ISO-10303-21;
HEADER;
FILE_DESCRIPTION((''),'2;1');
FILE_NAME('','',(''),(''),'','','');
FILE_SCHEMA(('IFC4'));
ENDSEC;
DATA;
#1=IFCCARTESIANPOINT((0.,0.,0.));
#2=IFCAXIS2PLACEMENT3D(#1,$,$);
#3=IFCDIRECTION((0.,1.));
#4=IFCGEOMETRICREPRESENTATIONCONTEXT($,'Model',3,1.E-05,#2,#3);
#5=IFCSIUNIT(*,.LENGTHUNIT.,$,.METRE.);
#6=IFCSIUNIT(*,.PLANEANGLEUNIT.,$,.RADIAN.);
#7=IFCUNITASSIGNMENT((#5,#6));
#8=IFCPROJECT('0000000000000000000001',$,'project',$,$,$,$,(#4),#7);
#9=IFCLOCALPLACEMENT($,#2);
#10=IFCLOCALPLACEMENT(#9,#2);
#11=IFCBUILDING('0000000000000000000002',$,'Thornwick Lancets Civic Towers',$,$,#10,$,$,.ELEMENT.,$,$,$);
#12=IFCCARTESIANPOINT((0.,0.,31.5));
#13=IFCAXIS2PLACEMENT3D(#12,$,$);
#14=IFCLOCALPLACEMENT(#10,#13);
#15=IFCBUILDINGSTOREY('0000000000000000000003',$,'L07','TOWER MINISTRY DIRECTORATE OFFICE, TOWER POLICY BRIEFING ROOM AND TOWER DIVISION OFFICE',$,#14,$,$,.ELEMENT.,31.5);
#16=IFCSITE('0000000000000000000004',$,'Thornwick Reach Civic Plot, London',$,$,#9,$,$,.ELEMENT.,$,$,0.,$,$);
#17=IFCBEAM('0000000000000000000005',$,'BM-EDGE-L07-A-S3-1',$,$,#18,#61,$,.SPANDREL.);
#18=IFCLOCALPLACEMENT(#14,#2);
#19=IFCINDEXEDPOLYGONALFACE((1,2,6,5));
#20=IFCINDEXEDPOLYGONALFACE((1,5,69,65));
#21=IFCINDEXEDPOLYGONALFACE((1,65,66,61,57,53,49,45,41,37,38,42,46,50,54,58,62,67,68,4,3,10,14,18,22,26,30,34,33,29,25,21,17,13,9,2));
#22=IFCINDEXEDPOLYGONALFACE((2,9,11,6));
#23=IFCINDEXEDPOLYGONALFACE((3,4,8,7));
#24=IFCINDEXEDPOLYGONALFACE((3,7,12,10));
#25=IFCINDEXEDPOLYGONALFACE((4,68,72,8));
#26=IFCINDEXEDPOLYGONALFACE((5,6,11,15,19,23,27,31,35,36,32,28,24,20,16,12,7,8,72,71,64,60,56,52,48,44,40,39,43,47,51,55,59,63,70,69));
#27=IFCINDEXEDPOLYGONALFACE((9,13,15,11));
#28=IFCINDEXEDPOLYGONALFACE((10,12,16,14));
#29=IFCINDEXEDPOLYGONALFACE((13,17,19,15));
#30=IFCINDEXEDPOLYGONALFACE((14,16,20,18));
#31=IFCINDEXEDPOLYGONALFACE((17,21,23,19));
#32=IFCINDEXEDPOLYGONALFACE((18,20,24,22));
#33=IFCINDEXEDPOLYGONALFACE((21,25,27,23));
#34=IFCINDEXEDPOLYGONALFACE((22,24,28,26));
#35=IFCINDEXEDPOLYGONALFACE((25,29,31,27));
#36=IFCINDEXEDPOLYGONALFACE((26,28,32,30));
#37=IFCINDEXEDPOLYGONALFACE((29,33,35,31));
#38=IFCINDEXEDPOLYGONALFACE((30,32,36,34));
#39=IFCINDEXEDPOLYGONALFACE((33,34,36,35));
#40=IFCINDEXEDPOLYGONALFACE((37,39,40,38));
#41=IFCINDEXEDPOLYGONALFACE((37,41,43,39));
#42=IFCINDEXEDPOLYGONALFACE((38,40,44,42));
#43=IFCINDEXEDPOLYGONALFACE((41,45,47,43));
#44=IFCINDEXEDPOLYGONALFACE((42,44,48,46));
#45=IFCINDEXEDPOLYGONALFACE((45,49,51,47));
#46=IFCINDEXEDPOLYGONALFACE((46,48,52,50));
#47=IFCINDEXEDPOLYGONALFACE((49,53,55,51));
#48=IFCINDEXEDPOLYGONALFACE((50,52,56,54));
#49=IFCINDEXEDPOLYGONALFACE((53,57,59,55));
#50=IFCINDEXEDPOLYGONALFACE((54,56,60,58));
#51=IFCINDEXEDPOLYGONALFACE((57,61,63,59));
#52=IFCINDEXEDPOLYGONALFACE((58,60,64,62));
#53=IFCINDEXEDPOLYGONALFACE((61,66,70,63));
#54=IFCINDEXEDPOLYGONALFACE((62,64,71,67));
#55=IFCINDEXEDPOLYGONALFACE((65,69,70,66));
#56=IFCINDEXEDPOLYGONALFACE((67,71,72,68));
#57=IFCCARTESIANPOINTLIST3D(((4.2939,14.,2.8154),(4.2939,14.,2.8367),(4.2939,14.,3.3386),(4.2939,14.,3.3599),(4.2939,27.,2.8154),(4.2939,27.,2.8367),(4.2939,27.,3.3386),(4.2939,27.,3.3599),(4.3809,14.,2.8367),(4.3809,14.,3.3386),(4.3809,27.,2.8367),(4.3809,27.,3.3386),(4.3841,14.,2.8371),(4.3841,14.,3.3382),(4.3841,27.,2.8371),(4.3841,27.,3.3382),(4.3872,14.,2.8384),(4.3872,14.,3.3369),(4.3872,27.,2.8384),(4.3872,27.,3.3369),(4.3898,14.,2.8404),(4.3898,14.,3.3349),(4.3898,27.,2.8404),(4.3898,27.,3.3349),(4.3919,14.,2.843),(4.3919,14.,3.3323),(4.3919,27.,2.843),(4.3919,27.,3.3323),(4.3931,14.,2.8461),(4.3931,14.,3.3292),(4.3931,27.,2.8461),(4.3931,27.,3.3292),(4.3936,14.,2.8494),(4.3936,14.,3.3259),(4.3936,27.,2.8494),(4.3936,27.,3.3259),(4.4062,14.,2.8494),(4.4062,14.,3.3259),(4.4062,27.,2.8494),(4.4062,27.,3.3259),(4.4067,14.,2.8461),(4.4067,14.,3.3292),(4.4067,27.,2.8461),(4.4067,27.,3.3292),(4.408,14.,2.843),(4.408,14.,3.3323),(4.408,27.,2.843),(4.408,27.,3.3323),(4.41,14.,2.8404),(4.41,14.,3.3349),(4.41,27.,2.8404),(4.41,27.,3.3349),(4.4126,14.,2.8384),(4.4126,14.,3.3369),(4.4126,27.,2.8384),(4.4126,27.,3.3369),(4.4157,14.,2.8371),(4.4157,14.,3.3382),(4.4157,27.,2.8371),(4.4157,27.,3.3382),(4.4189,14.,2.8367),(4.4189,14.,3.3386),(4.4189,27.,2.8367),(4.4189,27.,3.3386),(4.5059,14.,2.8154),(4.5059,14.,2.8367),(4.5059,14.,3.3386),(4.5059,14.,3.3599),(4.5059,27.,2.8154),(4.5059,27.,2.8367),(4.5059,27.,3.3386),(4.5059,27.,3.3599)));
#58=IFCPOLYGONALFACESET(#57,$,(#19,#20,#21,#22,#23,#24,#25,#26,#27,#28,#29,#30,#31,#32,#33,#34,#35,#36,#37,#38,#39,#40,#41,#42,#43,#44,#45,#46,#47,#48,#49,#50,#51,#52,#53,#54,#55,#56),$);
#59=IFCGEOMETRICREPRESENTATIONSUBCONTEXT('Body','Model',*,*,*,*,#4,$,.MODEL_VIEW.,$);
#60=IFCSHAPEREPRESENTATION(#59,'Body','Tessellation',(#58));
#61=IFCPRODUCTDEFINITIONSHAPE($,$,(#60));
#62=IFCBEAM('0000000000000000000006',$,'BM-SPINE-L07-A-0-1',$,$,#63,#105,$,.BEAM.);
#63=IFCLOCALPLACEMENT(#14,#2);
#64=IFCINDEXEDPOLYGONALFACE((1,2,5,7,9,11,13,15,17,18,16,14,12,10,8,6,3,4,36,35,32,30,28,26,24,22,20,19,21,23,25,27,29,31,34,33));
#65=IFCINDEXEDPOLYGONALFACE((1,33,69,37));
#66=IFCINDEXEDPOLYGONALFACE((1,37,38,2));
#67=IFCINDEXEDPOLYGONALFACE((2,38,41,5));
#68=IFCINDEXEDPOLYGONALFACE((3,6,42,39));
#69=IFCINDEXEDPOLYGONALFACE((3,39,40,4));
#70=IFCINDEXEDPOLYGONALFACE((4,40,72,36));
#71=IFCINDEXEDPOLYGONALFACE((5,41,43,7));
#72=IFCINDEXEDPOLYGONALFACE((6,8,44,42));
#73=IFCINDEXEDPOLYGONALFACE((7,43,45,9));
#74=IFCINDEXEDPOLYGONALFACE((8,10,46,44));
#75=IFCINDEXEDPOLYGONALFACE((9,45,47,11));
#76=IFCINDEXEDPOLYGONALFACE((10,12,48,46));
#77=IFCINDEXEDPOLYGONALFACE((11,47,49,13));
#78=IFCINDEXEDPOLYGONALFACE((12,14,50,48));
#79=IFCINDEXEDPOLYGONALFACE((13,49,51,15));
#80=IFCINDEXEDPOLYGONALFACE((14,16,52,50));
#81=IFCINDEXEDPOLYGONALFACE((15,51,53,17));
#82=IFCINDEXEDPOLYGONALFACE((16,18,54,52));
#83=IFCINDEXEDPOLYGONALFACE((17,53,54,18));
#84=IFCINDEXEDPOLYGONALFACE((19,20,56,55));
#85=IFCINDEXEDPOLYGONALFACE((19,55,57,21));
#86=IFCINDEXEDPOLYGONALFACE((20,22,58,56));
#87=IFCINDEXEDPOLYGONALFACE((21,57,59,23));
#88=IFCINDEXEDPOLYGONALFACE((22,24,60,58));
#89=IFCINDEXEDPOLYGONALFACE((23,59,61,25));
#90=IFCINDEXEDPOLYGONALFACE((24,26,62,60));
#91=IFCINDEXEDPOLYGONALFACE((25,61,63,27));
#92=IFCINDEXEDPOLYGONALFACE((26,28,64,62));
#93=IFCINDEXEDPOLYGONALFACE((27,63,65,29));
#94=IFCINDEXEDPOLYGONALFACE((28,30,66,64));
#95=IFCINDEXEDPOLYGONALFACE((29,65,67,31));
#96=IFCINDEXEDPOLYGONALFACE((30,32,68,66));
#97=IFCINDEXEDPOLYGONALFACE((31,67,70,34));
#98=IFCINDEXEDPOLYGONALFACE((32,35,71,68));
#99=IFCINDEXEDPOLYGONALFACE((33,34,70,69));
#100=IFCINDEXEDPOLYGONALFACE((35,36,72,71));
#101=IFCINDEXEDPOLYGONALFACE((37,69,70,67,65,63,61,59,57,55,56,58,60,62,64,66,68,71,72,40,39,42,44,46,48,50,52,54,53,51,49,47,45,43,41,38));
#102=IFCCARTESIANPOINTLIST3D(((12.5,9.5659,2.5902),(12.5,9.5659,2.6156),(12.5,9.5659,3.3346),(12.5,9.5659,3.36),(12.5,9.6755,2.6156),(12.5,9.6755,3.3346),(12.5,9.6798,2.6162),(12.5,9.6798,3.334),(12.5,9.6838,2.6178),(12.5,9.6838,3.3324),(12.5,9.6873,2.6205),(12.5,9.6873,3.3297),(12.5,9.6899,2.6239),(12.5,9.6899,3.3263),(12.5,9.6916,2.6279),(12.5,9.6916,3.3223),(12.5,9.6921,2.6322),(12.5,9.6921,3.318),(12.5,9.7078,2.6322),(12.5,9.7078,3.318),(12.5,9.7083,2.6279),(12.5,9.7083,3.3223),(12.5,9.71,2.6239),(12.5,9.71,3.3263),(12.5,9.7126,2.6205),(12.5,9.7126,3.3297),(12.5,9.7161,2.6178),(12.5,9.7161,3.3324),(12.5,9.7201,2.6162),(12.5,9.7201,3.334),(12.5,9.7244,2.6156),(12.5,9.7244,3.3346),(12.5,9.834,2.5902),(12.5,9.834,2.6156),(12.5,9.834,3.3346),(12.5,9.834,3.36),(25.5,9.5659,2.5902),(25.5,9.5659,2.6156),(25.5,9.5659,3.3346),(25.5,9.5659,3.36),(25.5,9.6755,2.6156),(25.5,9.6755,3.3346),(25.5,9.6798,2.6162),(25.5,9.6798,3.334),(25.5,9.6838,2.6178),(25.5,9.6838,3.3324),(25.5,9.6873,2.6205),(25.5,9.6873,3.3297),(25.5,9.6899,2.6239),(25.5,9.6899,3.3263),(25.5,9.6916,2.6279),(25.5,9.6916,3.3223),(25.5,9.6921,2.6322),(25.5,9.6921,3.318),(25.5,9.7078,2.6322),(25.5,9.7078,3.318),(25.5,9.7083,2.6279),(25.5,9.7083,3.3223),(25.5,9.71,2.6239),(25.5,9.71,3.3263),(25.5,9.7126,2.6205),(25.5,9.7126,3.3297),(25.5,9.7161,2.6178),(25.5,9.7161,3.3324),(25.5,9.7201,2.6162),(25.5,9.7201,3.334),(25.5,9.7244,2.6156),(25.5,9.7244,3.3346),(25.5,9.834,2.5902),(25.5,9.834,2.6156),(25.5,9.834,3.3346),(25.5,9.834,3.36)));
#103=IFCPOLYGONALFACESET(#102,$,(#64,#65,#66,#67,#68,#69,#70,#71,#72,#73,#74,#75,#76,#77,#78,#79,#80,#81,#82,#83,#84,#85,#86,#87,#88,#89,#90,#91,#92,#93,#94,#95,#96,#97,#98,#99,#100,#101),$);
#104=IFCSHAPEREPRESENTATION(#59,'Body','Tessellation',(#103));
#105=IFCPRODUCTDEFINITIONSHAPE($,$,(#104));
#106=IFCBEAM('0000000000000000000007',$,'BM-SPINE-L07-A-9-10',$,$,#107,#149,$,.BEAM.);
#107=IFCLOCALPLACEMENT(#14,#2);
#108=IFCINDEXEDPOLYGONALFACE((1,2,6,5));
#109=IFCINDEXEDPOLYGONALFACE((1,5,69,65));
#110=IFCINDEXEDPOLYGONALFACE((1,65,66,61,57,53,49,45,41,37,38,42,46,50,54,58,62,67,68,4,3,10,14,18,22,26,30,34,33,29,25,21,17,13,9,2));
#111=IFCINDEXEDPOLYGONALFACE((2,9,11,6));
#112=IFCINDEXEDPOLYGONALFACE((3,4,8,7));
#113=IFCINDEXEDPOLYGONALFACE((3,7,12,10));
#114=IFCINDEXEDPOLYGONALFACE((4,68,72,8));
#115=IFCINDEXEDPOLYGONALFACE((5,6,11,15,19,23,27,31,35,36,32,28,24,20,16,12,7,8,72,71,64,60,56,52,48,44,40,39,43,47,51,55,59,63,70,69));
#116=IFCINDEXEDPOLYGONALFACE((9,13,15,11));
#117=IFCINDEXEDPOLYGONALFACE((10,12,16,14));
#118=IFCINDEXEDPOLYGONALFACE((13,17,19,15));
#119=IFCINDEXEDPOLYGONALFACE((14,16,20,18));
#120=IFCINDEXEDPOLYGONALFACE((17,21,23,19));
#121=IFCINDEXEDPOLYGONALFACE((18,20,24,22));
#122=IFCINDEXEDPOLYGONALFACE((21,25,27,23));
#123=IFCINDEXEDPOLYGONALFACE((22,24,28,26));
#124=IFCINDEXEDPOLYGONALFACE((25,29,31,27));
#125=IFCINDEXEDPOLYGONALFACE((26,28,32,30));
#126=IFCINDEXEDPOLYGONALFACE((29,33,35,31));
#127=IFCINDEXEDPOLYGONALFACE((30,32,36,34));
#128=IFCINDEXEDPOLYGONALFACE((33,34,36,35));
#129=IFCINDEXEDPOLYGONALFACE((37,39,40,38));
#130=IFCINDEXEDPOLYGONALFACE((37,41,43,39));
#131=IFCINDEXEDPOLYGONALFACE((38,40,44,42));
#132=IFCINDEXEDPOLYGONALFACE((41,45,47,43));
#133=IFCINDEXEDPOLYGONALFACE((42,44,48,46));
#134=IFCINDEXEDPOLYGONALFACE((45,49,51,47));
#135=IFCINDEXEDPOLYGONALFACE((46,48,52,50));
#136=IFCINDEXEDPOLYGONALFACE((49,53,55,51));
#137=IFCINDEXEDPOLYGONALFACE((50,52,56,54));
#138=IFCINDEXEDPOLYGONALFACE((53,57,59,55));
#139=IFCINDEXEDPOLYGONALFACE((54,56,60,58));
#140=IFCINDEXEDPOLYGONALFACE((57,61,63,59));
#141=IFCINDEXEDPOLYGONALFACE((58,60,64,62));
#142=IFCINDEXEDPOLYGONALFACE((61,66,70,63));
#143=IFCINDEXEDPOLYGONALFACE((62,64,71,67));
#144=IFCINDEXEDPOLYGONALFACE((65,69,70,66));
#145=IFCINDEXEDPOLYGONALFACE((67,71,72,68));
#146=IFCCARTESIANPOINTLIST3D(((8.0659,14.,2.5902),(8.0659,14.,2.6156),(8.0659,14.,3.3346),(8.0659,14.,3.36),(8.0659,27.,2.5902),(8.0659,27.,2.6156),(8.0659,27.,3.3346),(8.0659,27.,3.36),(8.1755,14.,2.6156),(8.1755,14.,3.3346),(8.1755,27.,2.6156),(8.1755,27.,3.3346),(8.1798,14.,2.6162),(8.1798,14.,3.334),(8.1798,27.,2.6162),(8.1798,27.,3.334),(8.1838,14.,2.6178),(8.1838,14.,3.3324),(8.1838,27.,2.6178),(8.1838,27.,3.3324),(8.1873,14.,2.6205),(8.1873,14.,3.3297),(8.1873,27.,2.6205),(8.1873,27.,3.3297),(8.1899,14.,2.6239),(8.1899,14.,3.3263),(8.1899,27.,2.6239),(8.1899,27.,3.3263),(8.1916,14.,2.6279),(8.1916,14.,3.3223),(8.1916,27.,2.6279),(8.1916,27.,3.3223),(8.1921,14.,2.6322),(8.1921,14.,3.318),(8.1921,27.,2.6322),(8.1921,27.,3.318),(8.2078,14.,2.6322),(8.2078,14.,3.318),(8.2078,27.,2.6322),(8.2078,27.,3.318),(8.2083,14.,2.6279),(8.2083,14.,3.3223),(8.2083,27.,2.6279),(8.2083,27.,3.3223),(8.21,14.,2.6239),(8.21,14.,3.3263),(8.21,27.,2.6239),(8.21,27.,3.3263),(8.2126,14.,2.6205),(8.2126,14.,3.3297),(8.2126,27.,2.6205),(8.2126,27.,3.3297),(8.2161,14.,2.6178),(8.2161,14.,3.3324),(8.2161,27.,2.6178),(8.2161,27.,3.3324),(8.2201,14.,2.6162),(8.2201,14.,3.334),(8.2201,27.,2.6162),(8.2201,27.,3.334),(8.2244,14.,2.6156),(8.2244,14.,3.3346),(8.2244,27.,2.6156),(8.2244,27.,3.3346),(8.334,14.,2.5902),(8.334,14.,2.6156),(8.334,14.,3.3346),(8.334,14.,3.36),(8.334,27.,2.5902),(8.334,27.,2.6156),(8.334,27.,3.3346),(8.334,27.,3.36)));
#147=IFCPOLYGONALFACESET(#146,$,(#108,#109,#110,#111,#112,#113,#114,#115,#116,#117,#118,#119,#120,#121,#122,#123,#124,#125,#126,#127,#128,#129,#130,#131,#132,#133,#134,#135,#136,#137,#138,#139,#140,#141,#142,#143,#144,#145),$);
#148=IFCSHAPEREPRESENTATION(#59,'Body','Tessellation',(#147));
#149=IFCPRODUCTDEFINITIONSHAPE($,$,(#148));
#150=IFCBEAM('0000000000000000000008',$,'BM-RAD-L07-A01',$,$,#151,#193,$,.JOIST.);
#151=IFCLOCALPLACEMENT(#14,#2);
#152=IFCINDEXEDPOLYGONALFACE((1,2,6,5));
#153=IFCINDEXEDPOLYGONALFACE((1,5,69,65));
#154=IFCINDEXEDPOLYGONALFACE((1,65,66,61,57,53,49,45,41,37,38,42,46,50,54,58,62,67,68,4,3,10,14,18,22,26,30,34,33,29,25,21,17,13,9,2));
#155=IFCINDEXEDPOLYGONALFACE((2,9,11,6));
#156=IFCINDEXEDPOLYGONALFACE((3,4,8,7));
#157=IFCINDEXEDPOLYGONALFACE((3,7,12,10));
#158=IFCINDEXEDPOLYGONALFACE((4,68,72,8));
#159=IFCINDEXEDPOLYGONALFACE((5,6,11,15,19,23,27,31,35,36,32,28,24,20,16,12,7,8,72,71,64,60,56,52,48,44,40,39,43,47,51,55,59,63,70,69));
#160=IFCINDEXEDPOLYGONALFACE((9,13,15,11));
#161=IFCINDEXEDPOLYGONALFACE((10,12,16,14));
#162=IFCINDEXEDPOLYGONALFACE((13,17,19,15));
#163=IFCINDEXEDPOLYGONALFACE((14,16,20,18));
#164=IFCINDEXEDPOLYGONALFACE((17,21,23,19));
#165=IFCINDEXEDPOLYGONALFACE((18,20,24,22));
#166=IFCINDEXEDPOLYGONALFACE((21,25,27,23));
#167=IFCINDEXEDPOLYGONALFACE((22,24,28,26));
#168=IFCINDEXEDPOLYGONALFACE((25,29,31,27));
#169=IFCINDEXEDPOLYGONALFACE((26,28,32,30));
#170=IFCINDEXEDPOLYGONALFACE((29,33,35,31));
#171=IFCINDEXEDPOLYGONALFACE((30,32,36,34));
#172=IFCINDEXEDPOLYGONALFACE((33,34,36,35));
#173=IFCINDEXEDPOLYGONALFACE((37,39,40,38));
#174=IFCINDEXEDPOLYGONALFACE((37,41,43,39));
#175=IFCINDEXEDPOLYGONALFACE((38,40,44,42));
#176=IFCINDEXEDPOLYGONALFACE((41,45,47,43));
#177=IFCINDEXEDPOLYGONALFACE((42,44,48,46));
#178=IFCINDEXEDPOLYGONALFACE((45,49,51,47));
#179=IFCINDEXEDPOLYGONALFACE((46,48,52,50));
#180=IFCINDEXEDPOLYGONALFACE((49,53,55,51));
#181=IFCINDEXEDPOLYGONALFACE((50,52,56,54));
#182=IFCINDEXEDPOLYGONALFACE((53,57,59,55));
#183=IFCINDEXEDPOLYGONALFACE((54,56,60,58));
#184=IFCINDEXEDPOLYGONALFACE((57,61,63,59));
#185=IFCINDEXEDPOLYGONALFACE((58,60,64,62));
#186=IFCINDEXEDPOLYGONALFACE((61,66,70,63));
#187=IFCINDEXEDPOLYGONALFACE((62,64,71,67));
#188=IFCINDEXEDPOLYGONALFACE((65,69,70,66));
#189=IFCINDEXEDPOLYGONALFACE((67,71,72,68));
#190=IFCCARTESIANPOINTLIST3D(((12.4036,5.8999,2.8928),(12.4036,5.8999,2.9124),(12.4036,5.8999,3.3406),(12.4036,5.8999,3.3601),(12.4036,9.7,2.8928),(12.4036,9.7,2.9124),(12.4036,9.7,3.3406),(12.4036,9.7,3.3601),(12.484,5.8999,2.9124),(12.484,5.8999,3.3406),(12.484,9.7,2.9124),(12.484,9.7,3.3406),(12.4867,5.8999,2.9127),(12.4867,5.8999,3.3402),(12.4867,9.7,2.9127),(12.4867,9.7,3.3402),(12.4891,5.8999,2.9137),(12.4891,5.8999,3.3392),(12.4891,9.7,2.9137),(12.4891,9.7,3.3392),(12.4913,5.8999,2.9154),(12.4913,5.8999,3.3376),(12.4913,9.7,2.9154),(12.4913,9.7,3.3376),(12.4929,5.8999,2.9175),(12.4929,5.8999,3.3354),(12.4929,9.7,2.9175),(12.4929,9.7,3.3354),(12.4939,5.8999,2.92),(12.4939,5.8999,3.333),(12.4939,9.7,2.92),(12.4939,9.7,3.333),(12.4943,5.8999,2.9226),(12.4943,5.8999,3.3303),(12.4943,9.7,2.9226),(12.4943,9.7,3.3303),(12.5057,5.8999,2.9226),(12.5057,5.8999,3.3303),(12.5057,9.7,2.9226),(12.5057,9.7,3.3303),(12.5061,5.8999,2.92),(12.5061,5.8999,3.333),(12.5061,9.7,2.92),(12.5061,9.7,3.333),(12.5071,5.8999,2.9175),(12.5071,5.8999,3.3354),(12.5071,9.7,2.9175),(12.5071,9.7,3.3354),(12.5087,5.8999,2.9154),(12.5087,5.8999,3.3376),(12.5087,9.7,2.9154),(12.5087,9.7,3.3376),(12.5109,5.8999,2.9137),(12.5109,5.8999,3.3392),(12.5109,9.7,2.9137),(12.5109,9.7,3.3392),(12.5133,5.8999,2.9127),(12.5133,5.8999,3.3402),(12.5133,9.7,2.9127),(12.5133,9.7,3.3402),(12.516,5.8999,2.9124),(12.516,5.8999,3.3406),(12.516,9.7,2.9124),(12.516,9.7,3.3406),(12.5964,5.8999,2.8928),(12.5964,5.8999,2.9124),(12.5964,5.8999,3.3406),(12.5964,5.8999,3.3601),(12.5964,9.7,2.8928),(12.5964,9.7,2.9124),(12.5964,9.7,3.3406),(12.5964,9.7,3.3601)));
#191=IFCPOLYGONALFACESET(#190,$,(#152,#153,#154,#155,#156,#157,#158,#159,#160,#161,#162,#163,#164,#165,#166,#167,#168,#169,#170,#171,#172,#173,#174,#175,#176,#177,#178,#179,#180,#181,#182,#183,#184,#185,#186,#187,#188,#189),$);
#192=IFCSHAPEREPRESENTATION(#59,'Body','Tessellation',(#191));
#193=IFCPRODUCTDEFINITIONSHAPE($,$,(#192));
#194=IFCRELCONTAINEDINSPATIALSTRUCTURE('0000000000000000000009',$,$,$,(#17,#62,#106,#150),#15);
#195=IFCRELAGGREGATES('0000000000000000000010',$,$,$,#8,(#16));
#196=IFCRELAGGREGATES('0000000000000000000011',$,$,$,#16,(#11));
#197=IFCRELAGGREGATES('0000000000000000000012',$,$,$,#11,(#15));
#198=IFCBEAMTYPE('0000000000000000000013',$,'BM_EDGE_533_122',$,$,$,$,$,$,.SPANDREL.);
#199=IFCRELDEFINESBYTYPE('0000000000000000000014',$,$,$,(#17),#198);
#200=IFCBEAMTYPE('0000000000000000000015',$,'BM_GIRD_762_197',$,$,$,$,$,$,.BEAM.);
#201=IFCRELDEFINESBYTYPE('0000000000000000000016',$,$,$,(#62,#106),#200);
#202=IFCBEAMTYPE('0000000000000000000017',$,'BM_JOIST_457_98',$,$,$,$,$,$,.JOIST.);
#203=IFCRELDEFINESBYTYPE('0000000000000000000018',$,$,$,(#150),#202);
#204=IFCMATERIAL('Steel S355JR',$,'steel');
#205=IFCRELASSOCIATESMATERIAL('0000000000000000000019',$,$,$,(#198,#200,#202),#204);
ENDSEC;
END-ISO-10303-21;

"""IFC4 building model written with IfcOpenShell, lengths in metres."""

from ifc_helpers import new_model, si_unit, direction, frame, origin, origin_2d, place, context, subcontext, project, spatial, i_section, extrude, material, material_profile, profile_set, type_object, element, save


model = new_model("IFC4")

# Units and contexts
model_context = context("Model", 3, precision=1e-05, world=origin(), true_north=direction((0.0, 1.0)))
body_context = subcontext(model_context, "Body", "Model", "MODEL_VIEW")
ifc_project = project(units=[si_unit("LENGTHUNIT", "METRE"), si_unit("PLANEANGLEUNIT", "RADIAN")], contexts=[model_context])

# Site, building, storey
site_placement = place(None, origin())
site = spatial("IfcSite", under=ifc_project, at=site_placement, Name="Thornwick Reach Civic Plot, London", CompositionType="ELEMENT", RefElevation=0.0)
building_placement = place(site_placement, origin())
building = spatial("IfcBuilding", under=site, at=building_placement, Name="Thornwick Lancets Civic Towers", CompositionType="ELEMENT")
storey_placement = place(building_placement, frame((0.0, 0.0, 31.5)))
storey = spatial("IfcBuildingStorey", under=building, at=storey_placement, Name="L07", Description="TOWER MINISTRY DIRECTORATE OFFICE, TOWER POLICY BRIEFING ROOM AND TOWER DIVISION OFFICE", CompositionType="ELEMENT", Elevation=31.5)

# Beams
ifc_material_1 = material(Name="Steel S355JR", Category="steel")
ifc_material_profile_1 = material_profile(ifc_material_1, i_section(OverallWidth=0.2119, OverallDepth=0.5444, WebThickness=0.0127, FlangeThickness=0.0212, FilletRadius=0.0127, at=origin_2d()), Name="UKB 533x210x122")
ifc_profile_set_1 = profile_set([ifc_material_profile_1], Name="Steel S355JR")
beam_type_1 = type_object("IfcBeamType", Name="BM_EDGE_533_122", PredefinedType="SPANDREL", material=ifc_profile_set_1)
for number, where, z_axis, x_axis, name in (
    (1, (4.3999, 14.0, 3.0876), (0.0, 1.0, 0.0), (-1.0, 0.0, 0.0), "BM-EDGE-L07-A-S3-1"),
):
    element("IfcBeam", number, at=place(storey_placement, frame(where, z_axis=z_axis, x_axis=x_axis)), inside=storey, type_object=beam_type_1, Name=name, PredefinedType="SPANDREL", context=body_context, shape_type="SweptSolid", body=[
        extrude(i_section(OverallWidth=0.2119, OverallDepth=0.5444, WebThickness=0.0127, FlangeThickness=0.0212, FilletRadius=0.0127, at=origin_2d()), origin(), (0.0, 0.0, 1.0), 13.0),
    ])
ifc_material_profile_2 = material_profile(ifc_material_1, i_section(OverallWidth=0.2681, OverallDepth=0.7698, WebThickness=0.0156, FlangeThickness=0.0254, FilletRadius=0.0166, at=origin_2d()), Name="UKB 762x267x197")
ifc_profile_set_2 = profile_set([ifc_material_profile_2], Name="Steel S355JR")
beam_type_2 = type_object("IfcBeamType", Name="BM_GIRD_762_197", PredefinedType="BEAM", material=ifc_profile_set_2)
for number, where, z_axis, x_axis, name in (
    (2, (12.5, 9.7, 2.9751), (1.0, 0.0, 0.0), (0.0, 1.0, 0.0), "BM-SPINE-L07-A-0-1"),
    (3, (8.2, 14.0, 2.9751), (0.0, 1.0, 0.0), (-1.0, 0.0, 0.0), "BM-SPINE-L07-A-9-10"),
):
    element("IfcBeam", number, at=place(storey_placement, frame(where, z_axis=z_axis, x_axis=x_axis)), inside=storey, type_object=beam_type_2, Name=name, PredefinedType="BEAM", context=body_context, shape_type="SweptSolid", body=[
        extrude(i_section(OverallWidth=0.2681, OverallDepth=0.7698, WebThickness=0.0156, FlangeThickness=0.0254, FilletRadius=0.0166, at=origin_2d()), origin(), (0.0, 0.0, 1.0), 13.0),
    ])
ifc_material_profile_3 = material_profile(ifc_material_1, i_section(OverallWidth=0.1929, OverallDepth=0.4673, WebThickness=0.0115, FlangeThickness=0.0195, FilletRadius=0.0103, at=origin_2d()), Name="UKB 457x191x98")
ifc_profile_set_3 = profile_set([ifc_material_profile_3], Name="Steel S355JR")
beam_type_3 = type_object("IfcBeamType", Name="BM_JOIST_457_98", PredefinedType="JOIST", material=ifc_profile_set_3)
for number, where, z_axis, x_axis, name in (
    (4, (12.5, 9.7, 3.1265), (0.0, -1.0, 0.0), (1.0, 0.0, 0.0), "BM-RAD-L07-A01"),
):
    element("IfcBeam", number, at=place(storey_placement, frame(where, z_axis=z_axis, x_axis=x_axis)), inside=storey, type_object=beam_type_3, Name=name, PredefinedType="JOIST", context=body_context, shape_type="SweptSolid", body=[
        extrude(i_section(OverallWidth=0.1929, OverallDepth=0.4673, WebThickness=0.0115, FlangeThickness=0.0195, FilletRadius=0.0103, at=origin_2d()), origin(), (0.0, 0.0, 1.0), 3.8),
    ])

save(model, "model.ifc")
